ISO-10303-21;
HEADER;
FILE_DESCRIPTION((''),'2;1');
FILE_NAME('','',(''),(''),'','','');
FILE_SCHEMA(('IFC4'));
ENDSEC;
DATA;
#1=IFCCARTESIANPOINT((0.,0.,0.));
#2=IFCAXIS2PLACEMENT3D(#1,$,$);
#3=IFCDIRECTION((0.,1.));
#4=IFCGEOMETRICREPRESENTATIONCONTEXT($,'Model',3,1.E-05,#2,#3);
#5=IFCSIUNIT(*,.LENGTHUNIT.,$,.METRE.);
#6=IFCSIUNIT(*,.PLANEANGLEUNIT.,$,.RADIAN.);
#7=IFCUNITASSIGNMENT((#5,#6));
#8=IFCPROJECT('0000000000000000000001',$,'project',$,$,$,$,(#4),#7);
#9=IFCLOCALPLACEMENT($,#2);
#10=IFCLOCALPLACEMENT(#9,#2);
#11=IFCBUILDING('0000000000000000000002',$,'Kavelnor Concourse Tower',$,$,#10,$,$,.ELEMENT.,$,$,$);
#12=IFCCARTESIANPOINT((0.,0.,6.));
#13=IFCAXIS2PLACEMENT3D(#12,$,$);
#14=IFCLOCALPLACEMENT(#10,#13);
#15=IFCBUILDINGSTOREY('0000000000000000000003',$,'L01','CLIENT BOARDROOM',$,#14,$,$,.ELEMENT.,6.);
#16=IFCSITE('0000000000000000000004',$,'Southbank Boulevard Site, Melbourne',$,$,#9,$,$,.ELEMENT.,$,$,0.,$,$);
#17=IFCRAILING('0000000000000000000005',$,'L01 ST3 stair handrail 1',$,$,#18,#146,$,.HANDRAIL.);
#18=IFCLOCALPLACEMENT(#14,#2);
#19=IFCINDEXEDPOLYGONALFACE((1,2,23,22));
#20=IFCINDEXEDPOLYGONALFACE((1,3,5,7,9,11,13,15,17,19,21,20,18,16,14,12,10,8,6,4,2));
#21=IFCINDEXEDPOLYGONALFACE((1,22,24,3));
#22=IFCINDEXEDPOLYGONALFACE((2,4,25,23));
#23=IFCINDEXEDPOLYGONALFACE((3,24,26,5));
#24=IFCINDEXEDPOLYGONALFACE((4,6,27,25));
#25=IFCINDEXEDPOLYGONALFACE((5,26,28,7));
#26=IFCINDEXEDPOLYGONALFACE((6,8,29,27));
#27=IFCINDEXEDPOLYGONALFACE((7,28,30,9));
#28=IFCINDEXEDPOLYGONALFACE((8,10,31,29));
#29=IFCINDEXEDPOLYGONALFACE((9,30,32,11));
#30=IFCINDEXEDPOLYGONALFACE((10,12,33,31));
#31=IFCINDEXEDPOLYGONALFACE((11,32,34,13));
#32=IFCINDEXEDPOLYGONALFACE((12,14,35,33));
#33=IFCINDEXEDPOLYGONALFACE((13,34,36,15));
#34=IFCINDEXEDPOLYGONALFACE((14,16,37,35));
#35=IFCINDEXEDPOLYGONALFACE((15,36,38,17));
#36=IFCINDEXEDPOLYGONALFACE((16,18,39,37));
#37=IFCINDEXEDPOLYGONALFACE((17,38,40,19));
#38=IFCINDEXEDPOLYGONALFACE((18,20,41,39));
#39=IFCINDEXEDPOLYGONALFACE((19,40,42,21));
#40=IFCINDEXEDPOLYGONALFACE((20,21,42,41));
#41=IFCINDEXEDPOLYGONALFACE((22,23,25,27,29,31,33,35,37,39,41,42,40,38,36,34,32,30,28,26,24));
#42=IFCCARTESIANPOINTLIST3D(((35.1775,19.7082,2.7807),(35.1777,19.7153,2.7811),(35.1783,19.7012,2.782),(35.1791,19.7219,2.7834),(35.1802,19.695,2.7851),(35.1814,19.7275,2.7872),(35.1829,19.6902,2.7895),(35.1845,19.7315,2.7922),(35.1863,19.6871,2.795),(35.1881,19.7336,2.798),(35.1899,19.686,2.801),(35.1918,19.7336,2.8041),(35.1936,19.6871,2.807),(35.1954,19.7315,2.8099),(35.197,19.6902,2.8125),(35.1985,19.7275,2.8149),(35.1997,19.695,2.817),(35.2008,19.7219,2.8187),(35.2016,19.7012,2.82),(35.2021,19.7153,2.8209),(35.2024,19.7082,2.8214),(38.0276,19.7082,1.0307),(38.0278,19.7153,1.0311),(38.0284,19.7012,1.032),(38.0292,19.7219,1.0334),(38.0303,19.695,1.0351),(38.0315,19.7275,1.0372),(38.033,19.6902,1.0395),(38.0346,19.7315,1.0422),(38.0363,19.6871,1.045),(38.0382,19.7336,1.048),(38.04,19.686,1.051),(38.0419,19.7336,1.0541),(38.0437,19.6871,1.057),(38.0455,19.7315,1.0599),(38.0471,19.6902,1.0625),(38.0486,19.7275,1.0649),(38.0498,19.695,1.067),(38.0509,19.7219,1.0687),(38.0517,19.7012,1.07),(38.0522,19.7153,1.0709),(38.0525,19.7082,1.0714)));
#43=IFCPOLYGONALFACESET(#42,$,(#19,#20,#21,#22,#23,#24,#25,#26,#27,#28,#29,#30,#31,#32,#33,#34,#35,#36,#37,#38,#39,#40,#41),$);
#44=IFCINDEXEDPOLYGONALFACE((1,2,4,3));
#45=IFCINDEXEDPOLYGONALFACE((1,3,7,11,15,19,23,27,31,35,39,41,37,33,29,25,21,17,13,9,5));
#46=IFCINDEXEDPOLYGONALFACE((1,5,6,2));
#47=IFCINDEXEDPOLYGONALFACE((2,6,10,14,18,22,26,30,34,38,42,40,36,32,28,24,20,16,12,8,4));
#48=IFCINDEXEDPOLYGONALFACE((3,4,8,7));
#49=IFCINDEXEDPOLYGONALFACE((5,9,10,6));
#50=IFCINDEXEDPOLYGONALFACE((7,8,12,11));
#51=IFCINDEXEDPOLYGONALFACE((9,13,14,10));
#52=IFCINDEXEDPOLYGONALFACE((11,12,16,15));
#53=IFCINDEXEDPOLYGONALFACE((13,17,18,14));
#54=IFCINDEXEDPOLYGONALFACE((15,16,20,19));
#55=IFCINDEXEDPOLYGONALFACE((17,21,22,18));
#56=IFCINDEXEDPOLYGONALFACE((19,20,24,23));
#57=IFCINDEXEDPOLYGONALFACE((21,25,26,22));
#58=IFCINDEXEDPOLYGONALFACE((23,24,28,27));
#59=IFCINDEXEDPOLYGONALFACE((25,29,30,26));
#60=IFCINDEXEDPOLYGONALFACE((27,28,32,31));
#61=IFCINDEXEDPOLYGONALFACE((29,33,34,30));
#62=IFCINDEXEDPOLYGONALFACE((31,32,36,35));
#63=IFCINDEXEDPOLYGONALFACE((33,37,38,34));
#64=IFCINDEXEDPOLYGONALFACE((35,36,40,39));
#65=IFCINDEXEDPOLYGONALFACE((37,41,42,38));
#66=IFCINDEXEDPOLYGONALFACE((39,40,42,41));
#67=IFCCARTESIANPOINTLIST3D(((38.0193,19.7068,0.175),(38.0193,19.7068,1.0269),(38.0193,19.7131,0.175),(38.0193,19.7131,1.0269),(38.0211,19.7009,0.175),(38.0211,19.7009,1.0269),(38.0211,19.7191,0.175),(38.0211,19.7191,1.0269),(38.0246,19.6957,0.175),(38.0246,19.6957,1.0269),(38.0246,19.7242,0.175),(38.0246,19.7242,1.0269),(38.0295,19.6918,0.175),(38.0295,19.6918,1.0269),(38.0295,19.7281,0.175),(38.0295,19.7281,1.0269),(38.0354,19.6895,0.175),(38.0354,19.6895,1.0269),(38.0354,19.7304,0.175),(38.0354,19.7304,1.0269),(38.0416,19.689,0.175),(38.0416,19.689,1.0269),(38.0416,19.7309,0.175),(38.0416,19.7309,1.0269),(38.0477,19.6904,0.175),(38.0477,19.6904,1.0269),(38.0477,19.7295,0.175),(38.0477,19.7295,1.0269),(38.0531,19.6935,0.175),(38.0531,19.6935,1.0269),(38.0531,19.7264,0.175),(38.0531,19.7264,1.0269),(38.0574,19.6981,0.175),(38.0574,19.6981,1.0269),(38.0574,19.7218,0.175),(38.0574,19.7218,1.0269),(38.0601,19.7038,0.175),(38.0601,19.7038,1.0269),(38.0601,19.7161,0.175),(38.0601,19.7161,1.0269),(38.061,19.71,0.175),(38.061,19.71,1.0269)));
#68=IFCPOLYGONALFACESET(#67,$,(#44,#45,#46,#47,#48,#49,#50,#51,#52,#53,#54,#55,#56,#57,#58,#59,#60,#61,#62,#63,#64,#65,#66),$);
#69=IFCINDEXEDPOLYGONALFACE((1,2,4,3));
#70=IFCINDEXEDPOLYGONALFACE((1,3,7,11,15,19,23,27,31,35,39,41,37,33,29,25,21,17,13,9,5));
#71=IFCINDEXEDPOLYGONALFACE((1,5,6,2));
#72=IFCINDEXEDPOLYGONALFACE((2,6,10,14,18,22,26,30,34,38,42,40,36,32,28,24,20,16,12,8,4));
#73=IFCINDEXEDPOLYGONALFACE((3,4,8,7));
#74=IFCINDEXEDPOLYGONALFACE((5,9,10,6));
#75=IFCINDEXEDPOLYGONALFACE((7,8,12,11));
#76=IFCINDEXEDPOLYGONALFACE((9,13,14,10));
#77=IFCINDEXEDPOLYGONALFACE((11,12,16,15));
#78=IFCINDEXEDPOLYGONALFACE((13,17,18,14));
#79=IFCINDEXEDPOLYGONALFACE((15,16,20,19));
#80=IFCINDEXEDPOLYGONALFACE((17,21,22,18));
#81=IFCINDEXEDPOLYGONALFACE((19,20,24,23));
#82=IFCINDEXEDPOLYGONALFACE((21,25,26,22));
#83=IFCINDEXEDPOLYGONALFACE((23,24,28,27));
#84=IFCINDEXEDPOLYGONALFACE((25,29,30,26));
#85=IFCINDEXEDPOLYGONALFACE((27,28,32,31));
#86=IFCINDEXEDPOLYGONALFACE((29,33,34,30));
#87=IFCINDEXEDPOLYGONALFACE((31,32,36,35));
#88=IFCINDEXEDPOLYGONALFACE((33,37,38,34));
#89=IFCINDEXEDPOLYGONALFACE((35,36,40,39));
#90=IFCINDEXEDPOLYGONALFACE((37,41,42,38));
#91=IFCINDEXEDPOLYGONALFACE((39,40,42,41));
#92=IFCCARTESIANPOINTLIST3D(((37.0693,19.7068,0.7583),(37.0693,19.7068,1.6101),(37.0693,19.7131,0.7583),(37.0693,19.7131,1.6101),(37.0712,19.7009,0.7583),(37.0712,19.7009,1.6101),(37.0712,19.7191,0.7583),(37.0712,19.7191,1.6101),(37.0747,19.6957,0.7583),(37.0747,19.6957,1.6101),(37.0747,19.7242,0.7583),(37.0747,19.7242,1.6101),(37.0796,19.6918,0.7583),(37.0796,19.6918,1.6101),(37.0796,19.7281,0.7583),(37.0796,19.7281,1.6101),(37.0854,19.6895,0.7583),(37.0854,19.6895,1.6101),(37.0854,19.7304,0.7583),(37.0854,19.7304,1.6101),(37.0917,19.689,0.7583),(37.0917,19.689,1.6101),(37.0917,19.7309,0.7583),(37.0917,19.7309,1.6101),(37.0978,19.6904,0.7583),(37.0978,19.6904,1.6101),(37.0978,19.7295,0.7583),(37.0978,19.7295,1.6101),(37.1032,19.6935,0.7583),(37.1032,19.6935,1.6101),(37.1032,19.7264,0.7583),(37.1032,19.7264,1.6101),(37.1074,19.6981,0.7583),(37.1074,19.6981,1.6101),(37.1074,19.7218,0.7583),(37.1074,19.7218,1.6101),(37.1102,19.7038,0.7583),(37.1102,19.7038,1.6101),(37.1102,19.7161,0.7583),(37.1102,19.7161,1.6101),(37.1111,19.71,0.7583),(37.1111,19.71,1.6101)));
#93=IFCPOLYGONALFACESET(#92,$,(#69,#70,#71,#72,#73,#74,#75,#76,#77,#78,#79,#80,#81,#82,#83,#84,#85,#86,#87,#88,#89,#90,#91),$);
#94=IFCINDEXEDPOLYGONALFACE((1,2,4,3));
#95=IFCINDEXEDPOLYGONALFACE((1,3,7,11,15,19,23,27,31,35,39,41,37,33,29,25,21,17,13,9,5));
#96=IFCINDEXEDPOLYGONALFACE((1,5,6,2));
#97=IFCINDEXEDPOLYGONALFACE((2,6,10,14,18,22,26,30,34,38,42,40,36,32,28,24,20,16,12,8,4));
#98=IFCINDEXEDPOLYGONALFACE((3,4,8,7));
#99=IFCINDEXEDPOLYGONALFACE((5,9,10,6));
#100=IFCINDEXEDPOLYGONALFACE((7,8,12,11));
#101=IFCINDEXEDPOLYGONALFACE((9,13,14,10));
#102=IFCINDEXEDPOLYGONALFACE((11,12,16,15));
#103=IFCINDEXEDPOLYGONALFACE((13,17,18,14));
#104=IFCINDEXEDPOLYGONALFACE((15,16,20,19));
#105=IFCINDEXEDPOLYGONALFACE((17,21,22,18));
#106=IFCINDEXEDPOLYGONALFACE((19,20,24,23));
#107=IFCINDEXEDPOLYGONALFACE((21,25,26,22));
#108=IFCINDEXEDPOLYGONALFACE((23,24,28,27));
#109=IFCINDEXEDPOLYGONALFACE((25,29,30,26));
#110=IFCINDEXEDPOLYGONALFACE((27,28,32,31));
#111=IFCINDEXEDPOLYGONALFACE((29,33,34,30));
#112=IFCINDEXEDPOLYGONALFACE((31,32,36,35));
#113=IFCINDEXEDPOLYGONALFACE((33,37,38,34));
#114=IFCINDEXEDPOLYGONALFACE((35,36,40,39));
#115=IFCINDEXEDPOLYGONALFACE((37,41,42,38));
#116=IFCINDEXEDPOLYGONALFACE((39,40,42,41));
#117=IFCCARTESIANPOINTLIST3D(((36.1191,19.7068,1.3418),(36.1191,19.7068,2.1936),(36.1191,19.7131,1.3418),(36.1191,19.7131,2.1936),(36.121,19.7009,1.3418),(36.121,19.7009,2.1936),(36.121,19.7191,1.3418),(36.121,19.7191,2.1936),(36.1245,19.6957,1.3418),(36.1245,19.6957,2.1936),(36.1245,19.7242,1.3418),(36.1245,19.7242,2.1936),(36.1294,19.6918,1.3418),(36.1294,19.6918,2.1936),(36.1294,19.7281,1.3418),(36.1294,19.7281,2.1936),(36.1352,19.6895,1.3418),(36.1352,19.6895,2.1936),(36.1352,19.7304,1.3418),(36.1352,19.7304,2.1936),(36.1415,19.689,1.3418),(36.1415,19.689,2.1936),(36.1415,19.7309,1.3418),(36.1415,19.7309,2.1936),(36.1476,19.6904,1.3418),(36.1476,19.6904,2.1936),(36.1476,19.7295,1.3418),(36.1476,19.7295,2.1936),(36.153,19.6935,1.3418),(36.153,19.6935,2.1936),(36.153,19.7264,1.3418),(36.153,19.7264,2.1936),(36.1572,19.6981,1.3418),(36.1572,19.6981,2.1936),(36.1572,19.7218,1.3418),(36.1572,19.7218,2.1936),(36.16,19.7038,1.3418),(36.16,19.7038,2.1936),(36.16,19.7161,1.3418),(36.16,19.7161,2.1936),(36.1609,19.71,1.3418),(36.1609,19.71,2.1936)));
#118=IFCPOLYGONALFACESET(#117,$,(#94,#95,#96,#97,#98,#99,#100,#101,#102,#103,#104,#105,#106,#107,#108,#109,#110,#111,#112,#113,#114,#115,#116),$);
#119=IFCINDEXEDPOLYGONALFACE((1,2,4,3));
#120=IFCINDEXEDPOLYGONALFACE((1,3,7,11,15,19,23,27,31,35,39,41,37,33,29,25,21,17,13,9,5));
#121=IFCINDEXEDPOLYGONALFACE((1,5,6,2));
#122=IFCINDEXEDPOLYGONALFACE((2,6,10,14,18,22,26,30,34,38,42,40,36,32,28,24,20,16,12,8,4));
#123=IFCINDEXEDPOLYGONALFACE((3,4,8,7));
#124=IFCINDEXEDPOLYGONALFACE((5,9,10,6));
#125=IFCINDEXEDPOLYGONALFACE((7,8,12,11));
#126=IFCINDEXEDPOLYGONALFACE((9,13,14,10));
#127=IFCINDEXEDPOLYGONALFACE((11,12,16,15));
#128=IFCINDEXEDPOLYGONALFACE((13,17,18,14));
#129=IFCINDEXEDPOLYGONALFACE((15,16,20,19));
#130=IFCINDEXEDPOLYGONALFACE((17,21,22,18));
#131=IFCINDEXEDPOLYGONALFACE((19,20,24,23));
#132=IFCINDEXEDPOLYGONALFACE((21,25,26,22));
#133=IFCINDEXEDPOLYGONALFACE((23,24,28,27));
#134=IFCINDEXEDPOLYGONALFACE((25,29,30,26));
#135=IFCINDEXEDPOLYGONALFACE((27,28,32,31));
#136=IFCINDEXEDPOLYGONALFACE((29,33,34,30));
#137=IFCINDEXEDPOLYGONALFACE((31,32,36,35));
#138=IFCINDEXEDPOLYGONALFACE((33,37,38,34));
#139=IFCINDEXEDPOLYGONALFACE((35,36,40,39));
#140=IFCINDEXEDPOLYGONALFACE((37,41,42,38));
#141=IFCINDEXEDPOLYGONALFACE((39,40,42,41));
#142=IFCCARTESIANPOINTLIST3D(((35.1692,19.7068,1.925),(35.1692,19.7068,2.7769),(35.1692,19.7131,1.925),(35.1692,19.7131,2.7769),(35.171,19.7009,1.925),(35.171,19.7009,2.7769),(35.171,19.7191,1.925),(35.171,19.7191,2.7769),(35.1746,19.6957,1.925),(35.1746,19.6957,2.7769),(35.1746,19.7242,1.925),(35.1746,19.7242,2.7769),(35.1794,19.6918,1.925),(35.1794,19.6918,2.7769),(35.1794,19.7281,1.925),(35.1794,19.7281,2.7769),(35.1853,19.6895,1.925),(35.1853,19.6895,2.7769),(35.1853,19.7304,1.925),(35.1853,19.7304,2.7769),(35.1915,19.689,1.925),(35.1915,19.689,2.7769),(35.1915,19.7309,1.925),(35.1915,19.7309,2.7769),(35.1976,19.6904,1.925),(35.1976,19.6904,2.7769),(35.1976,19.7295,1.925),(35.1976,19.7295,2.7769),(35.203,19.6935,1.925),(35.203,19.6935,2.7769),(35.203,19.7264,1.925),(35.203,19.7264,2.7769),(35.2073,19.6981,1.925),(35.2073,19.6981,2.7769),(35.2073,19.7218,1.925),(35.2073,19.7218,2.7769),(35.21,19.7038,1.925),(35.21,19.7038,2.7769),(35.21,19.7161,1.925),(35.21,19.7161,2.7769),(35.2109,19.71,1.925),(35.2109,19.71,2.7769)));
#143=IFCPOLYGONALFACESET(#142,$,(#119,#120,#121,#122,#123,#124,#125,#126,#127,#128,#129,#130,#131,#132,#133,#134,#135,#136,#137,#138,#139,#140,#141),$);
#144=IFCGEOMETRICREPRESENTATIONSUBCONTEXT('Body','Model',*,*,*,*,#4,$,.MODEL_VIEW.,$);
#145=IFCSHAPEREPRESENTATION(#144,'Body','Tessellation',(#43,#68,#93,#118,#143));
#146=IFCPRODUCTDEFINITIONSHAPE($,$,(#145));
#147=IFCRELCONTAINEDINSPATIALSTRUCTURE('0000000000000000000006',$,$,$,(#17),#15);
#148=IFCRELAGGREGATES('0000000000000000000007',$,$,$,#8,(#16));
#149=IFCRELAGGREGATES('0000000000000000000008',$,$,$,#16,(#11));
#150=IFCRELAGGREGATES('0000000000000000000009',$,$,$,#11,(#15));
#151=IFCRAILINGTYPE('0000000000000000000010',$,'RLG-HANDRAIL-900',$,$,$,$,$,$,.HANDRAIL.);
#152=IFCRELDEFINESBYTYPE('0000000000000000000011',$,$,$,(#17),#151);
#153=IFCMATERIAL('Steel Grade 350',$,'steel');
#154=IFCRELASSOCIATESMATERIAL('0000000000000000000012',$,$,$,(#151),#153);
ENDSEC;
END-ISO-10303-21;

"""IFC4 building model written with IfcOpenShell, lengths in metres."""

from ifc_helpers import new_model, si_unit, direction, frame, origin, origin_2d, place, context, subcontext, project, spatial, circle, extrude, material, type_object, element, save


model = new_model("IFC4")

# Units and contexts
model_context = context("Model", 3, precision=1e-05, world=origin(), true_north=direction((0.0, 1.0)))
body_context = subcontext(model_context, "Body", "Model", "MODEL_VIEW")
ifc_project = project(units=[si_unit("LENGTHUNIT", "METRE"), si_unit("PLANEANGLEUNIT", "RADIAN")], contexts=[model_context])

# Site, building, storey
site_placement = place(None, origin())
site = spatial("IfcSite", under=ifc_project, at=site_placement, Name="Southbank Boulevard Site, Melbourne", CompositionType="ELEMENT", RefElevation=0.0)
building_placement = place(site_placement, origin())
building = spatial("IfcBuilding", under=site, at=building_placement, Name="Kavelnor Concourse Tower", CompositionType="ELEMENT")
storey_placement = place(building_placement, frame((0.0, 0.0, 6.0)))
storey = spatial("IfcBuildingStorey", under=building, at=storey_placement, Name="L01", Description="CLIENT BOARDROOM", CompositionType="ELEMENT", Elevation=6.0)

# Shared definitions
ifc_material_1 = material(Name="Steel Grade 350", Category="steel")

# Railing
railing_type_1 = type_object("IfcRailingType", Name="RLG-HANDRAIL-900", PredefinedType="HANDRAIL", material=ifc_material_1)
railing_1_placement = place(storey_placement, frame((38.04, 19.71, 0.175)))
element("IfcRailing", 1, at=railing_1_placement, inside=storey, type_object=railing_type_1, Name="L01 ST3 stair handrail 1", PredefinedType="HANDRAIL", context=body_context, shape_type="SweptSolid", body=[
    extrude(circle(Radius=0.0239, at=origin_2d()), frame((0.0, 0.0, 0.876), z_axis=(-0.852179, 0.0, 0.52325), x_axis=(0.0, -1.0, 0.0)), (0.0, 0.0, 1.0), 3.3445),
    extrude(circle(Radius=0.021, at=origin_2d()), origin(), (0.0, 0.0, 1.0), 0.8518),
    extrude(circle(Radius=0.021, at=origin_2d()), frame((-0.95, 0.0, 0.5833)), (0.0, 0.0, 1.0), 0.8518),
    extrude(circle(Radius=0.021, at=origin_2d()), frame((-1.9001, 0.0, 1.1667)), (0.0, 0.0, 1.0), 0.8518),
    extrude(circle(Radius=0.021, at=origin_2d()), frame((-2.8501, 0.0, 1.75)), (0.0, 0.0, 1.0), 0.8518),
])

save(model, "model.ifc")
